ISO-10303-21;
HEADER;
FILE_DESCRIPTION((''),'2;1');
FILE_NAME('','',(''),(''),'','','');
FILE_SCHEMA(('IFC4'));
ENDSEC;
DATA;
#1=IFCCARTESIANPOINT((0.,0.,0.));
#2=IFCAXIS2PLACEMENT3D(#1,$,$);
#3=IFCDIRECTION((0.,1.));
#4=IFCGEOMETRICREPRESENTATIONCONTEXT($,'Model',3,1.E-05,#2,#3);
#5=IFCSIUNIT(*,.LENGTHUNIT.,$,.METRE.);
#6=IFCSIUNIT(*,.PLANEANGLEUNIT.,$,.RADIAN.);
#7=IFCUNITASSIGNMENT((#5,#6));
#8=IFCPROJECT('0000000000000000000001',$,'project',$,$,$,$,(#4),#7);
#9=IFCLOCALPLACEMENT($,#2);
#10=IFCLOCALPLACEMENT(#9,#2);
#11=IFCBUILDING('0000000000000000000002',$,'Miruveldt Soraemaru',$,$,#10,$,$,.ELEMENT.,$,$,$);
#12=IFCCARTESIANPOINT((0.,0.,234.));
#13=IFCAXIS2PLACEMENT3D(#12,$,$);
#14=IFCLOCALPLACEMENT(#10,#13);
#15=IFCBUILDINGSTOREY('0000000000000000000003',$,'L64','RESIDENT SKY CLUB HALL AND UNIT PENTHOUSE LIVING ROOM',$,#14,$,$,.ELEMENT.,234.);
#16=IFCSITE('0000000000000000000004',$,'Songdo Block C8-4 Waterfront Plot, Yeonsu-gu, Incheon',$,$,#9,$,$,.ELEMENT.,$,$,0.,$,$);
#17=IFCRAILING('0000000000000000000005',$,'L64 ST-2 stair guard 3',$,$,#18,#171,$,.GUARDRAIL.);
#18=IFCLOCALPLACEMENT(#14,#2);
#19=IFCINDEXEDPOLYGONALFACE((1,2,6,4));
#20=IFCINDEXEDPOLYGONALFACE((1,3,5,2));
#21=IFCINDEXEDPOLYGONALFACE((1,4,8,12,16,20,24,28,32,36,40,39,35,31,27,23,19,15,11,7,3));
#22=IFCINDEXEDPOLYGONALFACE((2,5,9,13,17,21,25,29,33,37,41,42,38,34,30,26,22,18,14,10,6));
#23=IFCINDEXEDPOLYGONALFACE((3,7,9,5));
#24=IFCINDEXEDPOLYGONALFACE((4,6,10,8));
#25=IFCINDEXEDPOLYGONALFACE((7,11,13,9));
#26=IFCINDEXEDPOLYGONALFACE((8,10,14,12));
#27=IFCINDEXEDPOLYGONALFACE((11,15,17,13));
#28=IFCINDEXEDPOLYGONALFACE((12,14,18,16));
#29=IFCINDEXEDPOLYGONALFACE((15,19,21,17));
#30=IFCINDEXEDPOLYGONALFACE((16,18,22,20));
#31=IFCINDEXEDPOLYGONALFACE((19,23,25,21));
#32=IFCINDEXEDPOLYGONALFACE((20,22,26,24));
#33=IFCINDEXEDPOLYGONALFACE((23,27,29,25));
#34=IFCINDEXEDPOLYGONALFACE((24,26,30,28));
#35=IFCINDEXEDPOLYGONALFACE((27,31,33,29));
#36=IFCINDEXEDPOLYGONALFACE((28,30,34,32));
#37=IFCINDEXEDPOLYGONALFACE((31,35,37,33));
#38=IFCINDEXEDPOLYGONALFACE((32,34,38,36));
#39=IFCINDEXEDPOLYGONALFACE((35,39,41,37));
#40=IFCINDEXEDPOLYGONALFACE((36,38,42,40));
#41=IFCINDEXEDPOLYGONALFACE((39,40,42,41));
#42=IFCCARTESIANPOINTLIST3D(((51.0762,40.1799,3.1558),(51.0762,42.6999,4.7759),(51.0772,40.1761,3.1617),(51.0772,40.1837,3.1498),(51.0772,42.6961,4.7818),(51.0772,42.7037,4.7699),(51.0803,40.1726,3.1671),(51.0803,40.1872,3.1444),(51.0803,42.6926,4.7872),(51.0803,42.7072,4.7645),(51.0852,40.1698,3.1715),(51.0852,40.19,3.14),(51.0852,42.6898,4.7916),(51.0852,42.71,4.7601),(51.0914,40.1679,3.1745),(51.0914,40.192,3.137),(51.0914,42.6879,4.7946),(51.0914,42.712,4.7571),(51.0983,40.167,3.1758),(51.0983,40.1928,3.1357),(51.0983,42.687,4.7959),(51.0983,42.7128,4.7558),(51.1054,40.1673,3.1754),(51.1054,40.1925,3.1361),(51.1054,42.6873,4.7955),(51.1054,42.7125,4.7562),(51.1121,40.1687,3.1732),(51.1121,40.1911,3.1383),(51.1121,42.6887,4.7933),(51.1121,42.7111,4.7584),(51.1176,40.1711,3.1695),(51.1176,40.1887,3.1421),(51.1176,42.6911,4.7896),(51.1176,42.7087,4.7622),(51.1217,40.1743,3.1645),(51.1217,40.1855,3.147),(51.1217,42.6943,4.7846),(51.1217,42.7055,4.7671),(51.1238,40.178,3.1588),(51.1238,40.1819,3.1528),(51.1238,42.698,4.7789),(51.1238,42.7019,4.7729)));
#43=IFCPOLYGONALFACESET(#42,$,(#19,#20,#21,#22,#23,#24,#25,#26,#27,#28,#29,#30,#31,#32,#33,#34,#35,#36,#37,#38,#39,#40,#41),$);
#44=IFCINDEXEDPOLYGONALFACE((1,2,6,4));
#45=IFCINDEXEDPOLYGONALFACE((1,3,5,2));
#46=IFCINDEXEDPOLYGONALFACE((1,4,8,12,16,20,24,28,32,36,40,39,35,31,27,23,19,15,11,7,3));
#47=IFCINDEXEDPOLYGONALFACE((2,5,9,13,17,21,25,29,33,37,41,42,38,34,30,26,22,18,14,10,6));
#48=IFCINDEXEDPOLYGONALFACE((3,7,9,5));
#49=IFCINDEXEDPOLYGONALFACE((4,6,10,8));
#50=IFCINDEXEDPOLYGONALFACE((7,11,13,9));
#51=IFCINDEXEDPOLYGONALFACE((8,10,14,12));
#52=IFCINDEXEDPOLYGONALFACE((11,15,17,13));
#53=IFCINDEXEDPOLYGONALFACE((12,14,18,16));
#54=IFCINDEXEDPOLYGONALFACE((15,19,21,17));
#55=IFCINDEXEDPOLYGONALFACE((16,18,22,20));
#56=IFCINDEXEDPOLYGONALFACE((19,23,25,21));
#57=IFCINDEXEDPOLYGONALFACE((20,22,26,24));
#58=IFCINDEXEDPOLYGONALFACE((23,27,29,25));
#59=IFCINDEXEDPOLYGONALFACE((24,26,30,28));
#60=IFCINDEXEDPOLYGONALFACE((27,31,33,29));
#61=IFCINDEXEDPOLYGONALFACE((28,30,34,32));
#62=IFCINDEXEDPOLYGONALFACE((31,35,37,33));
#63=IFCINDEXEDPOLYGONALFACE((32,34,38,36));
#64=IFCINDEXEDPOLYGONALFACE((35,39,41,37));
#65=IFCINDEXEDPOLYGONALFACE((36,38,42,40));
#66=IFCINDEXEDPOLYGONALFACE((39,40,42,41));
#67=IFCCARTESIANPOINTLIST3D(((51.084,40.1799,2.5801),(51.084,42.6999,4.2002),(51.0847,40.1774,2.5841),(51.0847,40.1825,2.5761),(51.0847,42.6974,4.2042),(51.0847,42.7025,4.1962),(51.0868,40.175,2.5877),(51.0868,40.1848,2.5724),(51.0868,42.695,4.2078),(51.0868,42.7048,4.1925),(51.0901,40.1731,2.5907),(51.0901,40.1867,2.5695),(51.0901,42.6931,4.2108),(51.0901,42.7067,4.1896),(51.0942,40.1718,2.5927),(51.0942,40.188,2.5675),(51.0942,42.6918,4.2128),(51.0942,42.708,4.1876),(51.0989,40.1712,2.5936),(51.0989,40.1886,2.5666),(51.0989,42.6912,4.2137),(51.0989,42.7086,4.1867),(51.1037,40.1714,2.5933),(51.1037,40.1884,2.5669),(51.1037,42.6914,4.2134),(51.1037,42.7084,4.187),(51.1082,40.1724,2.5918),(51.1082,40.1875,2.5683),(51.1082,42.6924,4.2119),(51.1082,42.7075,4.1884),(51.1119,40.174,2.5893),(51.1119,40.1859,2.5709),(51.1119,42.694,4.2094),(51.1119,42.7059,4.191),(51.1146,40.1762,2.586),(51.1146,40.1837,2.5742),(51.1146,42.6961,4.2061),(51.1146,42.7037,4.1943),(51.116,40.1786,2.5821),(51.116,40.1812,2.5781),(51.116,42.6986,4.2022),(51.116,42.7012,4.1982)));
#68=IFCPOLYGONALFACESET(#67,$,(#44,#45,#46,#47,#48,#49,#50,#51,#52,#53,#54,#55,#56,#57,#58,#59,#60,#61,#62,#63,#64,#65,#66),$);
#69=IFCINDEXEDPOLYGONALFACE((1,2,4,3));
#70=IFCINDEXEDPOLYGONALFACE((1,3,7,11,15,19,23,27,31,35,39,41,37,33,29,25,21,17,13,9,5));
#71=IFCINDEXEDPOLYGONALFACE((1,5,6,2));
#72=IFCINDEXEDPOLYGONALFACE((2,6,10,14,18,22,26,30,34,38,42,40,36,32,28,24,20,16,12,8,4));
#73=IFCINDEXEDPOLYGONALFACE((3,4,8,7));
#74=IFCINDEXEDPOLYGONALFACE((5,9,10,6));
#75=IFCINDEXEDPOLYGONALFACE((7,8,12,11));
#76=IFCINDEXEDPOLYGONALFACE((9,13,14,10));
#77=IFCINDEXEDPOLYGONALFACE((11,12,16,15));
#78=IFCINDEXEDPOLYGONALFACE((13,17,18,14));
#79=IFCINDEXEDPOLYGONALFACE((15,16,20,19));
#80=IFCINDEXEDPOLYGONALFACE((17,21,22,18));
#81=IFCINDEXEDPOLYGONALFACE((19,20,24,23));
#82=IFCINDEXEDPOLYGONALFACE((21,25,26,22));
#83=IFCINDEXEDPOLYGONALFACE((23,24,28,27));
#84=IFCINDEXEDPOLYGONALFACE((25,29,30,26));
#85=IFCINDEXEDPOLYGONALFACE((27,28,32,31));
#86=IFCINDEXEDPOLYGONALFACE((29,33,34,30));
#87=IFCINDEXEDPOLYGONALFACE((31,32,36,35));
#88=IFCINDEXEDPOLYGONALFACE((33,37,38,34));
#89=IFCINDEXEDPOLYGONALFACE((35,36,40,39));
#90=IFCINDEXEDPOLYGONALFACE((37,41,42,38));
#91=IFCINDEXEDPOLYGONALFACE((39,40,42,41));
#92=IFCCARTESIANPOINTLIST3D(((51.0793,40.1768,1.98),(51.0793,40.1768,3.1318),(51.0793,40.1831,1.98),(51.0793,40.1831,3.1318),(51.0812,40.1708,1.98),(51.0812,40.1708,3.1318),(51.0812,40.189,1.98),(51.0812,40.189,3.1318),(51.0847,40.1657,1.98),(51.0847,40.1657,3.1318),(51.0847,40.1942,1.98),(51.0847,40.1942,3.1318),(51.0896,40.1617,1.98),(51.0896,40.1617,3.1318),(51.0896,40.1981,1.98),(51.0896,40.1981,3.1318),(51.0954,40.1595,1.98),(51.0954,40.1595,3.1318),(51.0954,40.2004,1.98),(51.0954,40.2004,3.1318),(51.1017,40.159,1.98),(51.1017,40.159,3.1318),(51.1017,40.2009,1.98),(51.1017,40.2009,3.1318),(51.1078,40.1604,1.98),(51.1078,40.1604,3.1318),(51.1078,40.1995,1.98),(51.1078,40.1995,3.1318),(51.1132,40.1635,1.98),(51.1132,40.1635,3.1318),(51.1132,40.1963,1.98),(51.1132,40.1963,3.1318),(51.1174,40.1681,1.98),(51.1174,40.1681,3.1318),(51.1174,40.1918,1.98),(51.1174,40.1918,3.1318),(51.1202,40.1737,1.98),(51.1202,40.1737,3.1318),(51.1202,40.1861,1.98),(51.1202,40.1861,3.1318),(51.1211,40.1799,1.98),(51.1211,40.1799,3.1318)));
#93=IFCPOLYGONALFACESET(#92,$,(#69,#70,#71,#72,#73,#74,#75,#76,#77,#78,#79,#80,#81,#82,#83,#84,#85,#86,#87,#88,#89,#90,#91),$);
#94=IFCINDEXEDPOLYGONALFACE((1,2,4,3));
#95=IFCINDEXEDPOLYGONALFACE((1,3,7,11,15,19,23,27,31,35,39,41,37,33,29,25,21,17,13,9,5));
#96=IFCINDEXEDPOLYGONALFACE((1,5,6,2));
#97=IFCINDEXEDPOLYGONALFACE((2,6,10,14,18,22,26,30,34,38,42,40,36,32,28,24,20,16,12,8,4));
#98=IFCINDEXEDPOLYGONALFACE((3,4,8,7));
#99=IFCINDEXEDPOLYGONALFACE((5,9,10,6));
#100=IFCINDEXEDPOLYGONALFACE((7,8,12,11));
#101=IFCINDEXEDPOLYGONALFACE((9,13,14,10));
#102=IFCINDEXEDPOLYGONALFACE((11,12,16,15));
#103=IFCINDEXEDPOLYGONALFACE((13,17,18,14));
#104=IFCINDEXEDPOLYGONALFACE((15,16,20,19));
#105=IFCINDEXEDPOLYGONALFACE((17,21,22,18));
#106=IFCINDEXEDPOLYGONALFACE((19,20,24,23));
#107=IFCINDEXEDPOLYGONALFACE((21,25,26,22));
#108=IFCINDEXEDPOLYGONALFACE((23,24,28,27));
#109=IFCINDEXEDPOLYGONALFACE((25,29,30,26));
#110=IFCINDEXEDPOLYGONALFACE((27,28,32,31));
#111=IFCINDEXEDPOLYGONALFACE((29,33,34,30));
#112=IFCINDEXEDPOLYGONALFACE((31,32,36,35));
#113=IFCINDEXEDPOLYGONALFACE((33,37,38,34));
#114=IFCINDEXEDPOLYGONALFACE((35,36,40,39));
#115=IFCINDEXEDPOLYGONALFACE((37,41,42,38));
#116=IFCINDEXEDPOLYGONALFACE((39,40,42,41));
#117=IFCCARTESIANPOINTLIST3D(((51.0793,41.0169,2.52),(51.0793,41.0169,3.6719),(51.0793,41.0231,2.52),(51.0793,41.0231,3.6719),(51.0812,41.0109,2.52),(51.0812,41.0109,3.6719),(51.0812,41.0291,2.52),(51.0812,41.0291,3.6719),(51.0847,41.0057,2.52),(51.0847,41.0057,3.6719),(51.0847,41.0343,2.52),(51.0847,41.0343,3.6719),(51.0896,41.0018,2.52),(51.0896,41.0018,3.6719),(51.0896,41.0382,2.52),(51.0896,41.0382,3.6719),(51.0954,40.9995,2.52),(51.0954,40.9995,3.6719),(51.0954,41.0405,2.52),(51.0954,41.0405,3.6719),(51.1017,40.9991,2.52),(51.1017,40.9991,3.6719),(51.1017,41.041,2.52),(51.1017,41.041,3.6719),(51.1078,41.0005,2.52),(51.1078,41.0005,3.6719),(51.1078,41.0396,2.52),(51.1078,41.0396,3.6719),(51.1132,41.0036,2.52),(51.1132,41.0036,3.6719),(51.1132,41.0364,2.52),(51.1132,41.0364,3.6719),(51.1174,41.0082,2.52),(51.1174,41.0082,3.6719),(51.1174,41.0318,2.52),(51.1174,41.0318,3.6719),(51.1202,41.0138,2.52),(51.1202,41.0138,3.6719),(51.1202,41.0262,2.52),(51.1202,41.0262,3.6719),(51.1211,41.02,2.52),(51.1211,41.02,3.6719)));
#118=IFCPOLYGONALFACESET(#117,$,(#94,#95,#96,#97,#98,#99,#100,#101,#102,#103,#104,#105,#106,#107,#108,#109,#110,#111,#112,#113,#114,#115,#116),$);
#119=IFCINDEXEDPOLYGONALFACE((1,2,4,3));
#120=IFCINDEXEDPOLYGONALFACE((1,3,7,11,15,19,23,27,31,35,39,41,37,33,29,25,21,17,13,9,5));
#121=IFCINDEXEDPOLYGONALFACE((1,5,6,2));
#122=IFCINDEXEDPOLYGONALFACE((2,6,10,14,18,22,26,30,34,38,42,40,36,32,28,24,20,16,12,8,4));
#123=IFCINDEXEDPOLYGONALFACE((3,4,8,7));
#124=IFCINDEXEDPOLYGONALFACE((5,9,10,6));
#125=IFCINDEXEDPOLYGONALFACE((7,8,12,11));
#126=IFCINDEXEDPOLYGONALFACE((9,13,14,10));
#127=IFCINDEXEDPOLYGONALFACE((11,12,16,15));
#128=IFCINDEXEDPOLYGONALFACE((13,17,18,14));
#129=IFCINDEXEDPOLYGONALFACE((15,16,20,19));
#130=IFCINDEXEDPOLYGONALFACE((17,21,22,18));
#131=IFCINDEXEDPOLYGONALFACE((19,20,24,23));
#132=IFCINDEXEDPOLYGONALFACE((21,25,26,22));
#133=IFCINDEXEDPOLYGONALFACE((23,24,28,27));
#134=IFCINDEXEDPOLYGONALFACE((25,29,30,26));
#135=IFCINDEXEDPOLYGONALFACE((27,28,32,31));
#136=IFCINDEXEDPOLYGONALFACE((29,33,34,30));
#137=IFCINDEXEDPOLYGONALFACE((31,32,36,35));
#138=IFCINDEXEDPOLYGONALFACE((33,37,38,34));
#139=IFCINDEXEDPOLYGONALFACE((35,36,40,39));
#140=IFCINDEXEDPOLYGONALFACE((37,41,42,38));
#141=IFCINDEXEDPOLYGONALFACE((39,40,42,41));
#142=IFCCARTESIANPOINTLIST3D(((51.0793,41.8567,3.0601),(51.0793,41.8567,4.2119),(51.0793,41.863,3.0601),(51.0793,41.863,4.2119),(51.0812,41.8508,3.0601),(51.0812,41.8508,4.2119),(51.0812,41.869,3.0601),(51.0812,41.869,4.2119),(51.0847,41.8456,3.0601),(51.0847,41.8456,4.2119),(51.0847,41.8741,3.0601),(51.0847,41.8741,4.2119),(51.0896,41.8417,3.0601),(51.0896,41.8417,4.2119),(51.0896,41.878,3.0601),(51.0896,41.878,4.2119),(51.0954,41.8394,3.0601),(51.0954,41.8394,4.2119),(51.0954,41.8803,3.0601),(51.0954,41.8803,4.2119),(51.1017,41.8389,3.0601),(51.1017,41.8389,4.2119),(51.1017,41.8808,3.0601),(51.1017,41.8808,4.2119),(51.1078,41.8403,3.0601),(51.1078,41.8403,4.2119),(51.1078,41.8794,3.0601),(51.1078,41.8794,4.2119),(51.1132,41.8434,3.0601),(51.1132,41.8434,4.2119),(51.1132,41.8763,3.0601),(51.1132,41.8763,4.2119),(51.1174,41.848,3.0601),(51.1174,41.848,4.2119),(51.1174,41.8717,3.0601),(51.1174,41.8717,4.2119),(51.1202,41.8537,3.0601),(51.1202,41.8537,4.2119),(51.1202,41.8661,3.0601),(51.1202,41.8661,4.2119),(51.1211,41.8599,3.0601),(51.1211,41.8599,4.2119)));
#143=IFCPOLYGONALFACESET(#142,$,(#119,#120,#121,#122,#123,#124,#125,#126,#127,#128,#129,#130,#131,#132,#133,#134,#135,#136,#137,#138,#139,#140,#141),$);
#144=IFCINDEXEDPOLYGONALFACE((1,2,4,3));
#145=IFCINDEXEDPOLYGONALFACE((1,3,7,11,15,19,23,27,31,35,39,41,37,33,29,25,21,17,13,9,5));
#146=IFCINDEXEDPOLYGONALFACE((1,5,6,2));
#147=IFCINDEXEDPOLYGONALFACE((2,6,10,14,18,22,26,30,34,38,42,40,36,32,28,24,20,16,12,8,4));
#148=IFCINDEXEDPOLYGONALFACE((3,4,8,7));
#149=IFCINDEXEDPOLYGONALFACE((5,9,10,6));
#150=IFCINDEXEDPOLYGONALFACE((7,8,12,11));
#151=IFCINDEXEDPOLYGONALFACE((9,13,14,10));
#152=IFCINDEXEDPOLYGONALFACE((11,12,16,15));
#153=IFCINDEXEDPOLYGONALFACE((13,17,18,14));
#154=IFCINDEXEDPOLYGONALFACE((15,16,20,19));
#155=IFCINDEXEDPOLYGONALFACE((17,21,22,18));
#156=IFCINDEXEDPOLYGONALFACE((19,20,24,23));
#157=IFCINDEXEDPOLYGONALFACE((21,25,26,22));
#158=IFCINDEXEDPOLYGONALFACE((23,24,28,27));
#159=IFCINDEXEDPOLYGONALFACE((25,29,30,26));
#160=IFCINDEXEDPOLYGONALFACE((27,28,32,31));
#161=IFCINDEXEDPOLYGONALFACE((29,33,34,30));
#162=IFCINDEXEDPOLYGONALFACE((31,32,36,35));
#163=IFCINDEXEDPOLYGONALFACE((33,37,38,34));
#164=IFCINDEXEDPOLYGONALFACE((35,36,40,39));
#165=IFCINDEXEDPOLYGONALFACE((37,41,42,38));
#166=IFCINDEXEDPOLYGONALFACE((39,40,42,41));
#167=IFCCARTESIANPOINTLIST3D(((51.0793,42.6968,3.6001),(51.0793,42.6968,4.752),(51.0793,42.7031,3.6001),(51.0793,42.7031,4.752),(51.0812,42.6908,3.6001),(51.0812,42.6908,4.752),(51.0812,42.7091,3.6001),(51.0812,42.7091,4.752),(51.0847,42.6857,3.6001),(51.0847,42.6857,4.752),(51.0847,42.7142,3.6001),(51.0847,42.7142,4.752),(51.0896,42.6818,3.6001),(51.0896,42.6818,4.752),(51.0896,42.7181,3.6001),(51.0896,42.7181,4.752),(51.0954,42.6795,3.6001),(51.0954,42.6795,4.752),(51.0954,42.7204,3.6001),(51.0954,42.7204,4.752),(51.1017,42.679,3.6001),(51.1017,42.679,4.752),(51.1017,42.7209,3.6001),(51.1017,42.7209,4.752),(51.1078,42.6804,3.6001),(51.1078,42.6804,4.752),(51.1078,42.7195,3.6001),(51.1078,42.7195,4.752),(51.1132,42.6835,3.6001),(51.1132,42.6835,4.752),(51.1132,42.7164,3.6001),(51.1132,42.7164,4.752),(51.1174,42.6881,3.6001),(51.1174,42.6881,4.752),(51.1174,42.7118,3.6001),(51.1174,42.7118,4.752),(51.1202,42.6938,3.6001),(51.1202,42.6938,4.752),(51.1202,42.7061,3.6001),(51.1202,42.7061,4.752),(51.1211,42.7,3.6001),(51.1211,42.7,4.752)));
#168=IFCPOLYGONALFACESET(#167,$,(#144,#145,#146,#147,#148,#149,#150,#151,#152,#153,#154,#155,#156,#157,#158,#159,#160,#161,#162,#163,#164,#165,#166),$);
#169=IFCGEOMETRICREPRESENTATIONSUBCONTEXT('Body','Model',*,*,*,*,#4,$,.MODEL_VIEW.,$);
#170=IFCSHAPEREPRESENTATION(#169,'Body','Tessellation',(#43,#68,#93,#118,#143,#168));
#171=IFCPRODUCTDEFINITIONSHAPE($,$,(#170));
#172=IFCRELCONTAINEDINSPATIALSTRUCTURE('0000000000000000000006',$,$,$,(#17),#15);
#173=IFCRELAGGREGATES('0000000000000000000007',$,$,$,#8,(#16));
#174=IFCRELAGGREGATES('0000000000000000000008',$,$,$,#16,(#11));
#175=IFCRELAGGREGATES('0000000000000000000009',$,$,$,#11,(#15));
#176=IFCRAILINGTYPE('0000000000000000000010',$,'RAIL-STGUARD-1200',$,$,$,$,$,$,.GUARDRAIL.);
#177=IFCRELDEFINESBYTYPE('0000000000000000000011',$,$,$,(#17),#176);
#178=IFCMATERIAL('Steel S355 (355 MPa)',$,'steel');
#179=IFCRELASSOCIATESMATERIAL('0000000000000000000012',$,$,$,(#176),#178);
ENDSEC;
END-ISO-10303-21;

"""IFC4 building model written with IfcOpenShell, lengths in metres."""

from ifc_helpers import new_model, si_unit, direction, frame, origin, origin_2d, place, context, subcontext, project, spatial, circle, extrude, material, type_object, element, save


model = new_model("IFC4")

# Units and contexts
model_context = context("Model", 3, precision=1e-05, world=origin(), true_north=direction((0.0, 1.0)))
body_context = subcontext(model_context, "Body", "Model", "MODEL_VIEW")
ifc_project = project(units=[si_unit("LENGTHUNIT", "METRE"), si_unit("PLANEANGLEUNIT", "RADIAN")], contexts=[model_context])

# Site, building, storey
site_placement = place(None, origin())
site = spatial("IfcSite", under=ifc_project, at=site_placement, Name="Songdo Block C8-4 Waterfront Plot, Yeonsu-gu, Incheon", CompositionType="ELEMENT", RefElevation=0.0)
building_placement = place(site_placement, origin())
building = spatial("IfcBuilding", under=site, at=building_placement, Name="Miruveldt Soraemaru", CompositionType="ELEMENT")
storey_placement = place(building_placement, frame((0.0, 0.0, 234.0)))
storey = spatial("IfcBuildingStorey", under=building, at=storey_placement, Name="L64", Description="RESIDENT SKY CLUB HALL AND UNIT PENTHOUSE LIVING ROOM", CompositionType="ELEMENT", Elevation=234.0)

# Railing
ifc_material_1 = material(Name="Steel S355 (355 MPa)", Category="steel")
railing_type_1 = type_object("IfcRailingType", Name="RAIL-STGUARD-1200", PredefinedType="GUARDRAIL", material=ifc_material_1)
railing_1_placement = place(storey_placement, frame((51.1001, 40.1799, 1.98)))
element("IfcRailing", 1, at=railing_1_placement, inside=storey, type_object=railing_type_1, Name="L64 ST-2 stair guard 3", PredefinedType="GUARDRAIL", context=body_context, shape_type="SweptSolid", body=[
    extrude(circle(Radius=0.0239, at=origin_2d()), frame((0.0, 0.0, 1.1758), z_axis=(0.0, 0.841163, 0.540782), x_axis=(-1.0, 0.0, 0.0)), (0.0, 0.0, 1.0), 2.9958),
    extrude(circle(Radius=0.0161, at=origin_2d()), frame((0.0, 0.0, 0.6001), z_axis=(0.0, 0.841163, 0.540782), x_axis=(-1.0, 0.0, 0.0)), (0.0, 0.0, 1.0), 2.9958),
    extrude(circle(Radius=0.021, at=origin_2d()), origin(), (0.0, 0.0, 1.0), 1.1519),
    extrude(circle(Radius=0.021, at=origin_2d()), frame((0.0, 0.8401, 0.54)), (0.0, 0.0, 1.0), 1.1519),
    extrude(circle(Radius=0.021, at=origin_2d()), frame((0.0, 1.6799, 1.0801)), (0.0, 0.0, 1.0), 1.1519),
    extrude(circle(Radius=0.021, at=origin_2d()), frame((0.0, 2.52, 1.6201)), (0.0, 0.0, 1.0), 1.1519),
])

save(model, "model.ifc")
